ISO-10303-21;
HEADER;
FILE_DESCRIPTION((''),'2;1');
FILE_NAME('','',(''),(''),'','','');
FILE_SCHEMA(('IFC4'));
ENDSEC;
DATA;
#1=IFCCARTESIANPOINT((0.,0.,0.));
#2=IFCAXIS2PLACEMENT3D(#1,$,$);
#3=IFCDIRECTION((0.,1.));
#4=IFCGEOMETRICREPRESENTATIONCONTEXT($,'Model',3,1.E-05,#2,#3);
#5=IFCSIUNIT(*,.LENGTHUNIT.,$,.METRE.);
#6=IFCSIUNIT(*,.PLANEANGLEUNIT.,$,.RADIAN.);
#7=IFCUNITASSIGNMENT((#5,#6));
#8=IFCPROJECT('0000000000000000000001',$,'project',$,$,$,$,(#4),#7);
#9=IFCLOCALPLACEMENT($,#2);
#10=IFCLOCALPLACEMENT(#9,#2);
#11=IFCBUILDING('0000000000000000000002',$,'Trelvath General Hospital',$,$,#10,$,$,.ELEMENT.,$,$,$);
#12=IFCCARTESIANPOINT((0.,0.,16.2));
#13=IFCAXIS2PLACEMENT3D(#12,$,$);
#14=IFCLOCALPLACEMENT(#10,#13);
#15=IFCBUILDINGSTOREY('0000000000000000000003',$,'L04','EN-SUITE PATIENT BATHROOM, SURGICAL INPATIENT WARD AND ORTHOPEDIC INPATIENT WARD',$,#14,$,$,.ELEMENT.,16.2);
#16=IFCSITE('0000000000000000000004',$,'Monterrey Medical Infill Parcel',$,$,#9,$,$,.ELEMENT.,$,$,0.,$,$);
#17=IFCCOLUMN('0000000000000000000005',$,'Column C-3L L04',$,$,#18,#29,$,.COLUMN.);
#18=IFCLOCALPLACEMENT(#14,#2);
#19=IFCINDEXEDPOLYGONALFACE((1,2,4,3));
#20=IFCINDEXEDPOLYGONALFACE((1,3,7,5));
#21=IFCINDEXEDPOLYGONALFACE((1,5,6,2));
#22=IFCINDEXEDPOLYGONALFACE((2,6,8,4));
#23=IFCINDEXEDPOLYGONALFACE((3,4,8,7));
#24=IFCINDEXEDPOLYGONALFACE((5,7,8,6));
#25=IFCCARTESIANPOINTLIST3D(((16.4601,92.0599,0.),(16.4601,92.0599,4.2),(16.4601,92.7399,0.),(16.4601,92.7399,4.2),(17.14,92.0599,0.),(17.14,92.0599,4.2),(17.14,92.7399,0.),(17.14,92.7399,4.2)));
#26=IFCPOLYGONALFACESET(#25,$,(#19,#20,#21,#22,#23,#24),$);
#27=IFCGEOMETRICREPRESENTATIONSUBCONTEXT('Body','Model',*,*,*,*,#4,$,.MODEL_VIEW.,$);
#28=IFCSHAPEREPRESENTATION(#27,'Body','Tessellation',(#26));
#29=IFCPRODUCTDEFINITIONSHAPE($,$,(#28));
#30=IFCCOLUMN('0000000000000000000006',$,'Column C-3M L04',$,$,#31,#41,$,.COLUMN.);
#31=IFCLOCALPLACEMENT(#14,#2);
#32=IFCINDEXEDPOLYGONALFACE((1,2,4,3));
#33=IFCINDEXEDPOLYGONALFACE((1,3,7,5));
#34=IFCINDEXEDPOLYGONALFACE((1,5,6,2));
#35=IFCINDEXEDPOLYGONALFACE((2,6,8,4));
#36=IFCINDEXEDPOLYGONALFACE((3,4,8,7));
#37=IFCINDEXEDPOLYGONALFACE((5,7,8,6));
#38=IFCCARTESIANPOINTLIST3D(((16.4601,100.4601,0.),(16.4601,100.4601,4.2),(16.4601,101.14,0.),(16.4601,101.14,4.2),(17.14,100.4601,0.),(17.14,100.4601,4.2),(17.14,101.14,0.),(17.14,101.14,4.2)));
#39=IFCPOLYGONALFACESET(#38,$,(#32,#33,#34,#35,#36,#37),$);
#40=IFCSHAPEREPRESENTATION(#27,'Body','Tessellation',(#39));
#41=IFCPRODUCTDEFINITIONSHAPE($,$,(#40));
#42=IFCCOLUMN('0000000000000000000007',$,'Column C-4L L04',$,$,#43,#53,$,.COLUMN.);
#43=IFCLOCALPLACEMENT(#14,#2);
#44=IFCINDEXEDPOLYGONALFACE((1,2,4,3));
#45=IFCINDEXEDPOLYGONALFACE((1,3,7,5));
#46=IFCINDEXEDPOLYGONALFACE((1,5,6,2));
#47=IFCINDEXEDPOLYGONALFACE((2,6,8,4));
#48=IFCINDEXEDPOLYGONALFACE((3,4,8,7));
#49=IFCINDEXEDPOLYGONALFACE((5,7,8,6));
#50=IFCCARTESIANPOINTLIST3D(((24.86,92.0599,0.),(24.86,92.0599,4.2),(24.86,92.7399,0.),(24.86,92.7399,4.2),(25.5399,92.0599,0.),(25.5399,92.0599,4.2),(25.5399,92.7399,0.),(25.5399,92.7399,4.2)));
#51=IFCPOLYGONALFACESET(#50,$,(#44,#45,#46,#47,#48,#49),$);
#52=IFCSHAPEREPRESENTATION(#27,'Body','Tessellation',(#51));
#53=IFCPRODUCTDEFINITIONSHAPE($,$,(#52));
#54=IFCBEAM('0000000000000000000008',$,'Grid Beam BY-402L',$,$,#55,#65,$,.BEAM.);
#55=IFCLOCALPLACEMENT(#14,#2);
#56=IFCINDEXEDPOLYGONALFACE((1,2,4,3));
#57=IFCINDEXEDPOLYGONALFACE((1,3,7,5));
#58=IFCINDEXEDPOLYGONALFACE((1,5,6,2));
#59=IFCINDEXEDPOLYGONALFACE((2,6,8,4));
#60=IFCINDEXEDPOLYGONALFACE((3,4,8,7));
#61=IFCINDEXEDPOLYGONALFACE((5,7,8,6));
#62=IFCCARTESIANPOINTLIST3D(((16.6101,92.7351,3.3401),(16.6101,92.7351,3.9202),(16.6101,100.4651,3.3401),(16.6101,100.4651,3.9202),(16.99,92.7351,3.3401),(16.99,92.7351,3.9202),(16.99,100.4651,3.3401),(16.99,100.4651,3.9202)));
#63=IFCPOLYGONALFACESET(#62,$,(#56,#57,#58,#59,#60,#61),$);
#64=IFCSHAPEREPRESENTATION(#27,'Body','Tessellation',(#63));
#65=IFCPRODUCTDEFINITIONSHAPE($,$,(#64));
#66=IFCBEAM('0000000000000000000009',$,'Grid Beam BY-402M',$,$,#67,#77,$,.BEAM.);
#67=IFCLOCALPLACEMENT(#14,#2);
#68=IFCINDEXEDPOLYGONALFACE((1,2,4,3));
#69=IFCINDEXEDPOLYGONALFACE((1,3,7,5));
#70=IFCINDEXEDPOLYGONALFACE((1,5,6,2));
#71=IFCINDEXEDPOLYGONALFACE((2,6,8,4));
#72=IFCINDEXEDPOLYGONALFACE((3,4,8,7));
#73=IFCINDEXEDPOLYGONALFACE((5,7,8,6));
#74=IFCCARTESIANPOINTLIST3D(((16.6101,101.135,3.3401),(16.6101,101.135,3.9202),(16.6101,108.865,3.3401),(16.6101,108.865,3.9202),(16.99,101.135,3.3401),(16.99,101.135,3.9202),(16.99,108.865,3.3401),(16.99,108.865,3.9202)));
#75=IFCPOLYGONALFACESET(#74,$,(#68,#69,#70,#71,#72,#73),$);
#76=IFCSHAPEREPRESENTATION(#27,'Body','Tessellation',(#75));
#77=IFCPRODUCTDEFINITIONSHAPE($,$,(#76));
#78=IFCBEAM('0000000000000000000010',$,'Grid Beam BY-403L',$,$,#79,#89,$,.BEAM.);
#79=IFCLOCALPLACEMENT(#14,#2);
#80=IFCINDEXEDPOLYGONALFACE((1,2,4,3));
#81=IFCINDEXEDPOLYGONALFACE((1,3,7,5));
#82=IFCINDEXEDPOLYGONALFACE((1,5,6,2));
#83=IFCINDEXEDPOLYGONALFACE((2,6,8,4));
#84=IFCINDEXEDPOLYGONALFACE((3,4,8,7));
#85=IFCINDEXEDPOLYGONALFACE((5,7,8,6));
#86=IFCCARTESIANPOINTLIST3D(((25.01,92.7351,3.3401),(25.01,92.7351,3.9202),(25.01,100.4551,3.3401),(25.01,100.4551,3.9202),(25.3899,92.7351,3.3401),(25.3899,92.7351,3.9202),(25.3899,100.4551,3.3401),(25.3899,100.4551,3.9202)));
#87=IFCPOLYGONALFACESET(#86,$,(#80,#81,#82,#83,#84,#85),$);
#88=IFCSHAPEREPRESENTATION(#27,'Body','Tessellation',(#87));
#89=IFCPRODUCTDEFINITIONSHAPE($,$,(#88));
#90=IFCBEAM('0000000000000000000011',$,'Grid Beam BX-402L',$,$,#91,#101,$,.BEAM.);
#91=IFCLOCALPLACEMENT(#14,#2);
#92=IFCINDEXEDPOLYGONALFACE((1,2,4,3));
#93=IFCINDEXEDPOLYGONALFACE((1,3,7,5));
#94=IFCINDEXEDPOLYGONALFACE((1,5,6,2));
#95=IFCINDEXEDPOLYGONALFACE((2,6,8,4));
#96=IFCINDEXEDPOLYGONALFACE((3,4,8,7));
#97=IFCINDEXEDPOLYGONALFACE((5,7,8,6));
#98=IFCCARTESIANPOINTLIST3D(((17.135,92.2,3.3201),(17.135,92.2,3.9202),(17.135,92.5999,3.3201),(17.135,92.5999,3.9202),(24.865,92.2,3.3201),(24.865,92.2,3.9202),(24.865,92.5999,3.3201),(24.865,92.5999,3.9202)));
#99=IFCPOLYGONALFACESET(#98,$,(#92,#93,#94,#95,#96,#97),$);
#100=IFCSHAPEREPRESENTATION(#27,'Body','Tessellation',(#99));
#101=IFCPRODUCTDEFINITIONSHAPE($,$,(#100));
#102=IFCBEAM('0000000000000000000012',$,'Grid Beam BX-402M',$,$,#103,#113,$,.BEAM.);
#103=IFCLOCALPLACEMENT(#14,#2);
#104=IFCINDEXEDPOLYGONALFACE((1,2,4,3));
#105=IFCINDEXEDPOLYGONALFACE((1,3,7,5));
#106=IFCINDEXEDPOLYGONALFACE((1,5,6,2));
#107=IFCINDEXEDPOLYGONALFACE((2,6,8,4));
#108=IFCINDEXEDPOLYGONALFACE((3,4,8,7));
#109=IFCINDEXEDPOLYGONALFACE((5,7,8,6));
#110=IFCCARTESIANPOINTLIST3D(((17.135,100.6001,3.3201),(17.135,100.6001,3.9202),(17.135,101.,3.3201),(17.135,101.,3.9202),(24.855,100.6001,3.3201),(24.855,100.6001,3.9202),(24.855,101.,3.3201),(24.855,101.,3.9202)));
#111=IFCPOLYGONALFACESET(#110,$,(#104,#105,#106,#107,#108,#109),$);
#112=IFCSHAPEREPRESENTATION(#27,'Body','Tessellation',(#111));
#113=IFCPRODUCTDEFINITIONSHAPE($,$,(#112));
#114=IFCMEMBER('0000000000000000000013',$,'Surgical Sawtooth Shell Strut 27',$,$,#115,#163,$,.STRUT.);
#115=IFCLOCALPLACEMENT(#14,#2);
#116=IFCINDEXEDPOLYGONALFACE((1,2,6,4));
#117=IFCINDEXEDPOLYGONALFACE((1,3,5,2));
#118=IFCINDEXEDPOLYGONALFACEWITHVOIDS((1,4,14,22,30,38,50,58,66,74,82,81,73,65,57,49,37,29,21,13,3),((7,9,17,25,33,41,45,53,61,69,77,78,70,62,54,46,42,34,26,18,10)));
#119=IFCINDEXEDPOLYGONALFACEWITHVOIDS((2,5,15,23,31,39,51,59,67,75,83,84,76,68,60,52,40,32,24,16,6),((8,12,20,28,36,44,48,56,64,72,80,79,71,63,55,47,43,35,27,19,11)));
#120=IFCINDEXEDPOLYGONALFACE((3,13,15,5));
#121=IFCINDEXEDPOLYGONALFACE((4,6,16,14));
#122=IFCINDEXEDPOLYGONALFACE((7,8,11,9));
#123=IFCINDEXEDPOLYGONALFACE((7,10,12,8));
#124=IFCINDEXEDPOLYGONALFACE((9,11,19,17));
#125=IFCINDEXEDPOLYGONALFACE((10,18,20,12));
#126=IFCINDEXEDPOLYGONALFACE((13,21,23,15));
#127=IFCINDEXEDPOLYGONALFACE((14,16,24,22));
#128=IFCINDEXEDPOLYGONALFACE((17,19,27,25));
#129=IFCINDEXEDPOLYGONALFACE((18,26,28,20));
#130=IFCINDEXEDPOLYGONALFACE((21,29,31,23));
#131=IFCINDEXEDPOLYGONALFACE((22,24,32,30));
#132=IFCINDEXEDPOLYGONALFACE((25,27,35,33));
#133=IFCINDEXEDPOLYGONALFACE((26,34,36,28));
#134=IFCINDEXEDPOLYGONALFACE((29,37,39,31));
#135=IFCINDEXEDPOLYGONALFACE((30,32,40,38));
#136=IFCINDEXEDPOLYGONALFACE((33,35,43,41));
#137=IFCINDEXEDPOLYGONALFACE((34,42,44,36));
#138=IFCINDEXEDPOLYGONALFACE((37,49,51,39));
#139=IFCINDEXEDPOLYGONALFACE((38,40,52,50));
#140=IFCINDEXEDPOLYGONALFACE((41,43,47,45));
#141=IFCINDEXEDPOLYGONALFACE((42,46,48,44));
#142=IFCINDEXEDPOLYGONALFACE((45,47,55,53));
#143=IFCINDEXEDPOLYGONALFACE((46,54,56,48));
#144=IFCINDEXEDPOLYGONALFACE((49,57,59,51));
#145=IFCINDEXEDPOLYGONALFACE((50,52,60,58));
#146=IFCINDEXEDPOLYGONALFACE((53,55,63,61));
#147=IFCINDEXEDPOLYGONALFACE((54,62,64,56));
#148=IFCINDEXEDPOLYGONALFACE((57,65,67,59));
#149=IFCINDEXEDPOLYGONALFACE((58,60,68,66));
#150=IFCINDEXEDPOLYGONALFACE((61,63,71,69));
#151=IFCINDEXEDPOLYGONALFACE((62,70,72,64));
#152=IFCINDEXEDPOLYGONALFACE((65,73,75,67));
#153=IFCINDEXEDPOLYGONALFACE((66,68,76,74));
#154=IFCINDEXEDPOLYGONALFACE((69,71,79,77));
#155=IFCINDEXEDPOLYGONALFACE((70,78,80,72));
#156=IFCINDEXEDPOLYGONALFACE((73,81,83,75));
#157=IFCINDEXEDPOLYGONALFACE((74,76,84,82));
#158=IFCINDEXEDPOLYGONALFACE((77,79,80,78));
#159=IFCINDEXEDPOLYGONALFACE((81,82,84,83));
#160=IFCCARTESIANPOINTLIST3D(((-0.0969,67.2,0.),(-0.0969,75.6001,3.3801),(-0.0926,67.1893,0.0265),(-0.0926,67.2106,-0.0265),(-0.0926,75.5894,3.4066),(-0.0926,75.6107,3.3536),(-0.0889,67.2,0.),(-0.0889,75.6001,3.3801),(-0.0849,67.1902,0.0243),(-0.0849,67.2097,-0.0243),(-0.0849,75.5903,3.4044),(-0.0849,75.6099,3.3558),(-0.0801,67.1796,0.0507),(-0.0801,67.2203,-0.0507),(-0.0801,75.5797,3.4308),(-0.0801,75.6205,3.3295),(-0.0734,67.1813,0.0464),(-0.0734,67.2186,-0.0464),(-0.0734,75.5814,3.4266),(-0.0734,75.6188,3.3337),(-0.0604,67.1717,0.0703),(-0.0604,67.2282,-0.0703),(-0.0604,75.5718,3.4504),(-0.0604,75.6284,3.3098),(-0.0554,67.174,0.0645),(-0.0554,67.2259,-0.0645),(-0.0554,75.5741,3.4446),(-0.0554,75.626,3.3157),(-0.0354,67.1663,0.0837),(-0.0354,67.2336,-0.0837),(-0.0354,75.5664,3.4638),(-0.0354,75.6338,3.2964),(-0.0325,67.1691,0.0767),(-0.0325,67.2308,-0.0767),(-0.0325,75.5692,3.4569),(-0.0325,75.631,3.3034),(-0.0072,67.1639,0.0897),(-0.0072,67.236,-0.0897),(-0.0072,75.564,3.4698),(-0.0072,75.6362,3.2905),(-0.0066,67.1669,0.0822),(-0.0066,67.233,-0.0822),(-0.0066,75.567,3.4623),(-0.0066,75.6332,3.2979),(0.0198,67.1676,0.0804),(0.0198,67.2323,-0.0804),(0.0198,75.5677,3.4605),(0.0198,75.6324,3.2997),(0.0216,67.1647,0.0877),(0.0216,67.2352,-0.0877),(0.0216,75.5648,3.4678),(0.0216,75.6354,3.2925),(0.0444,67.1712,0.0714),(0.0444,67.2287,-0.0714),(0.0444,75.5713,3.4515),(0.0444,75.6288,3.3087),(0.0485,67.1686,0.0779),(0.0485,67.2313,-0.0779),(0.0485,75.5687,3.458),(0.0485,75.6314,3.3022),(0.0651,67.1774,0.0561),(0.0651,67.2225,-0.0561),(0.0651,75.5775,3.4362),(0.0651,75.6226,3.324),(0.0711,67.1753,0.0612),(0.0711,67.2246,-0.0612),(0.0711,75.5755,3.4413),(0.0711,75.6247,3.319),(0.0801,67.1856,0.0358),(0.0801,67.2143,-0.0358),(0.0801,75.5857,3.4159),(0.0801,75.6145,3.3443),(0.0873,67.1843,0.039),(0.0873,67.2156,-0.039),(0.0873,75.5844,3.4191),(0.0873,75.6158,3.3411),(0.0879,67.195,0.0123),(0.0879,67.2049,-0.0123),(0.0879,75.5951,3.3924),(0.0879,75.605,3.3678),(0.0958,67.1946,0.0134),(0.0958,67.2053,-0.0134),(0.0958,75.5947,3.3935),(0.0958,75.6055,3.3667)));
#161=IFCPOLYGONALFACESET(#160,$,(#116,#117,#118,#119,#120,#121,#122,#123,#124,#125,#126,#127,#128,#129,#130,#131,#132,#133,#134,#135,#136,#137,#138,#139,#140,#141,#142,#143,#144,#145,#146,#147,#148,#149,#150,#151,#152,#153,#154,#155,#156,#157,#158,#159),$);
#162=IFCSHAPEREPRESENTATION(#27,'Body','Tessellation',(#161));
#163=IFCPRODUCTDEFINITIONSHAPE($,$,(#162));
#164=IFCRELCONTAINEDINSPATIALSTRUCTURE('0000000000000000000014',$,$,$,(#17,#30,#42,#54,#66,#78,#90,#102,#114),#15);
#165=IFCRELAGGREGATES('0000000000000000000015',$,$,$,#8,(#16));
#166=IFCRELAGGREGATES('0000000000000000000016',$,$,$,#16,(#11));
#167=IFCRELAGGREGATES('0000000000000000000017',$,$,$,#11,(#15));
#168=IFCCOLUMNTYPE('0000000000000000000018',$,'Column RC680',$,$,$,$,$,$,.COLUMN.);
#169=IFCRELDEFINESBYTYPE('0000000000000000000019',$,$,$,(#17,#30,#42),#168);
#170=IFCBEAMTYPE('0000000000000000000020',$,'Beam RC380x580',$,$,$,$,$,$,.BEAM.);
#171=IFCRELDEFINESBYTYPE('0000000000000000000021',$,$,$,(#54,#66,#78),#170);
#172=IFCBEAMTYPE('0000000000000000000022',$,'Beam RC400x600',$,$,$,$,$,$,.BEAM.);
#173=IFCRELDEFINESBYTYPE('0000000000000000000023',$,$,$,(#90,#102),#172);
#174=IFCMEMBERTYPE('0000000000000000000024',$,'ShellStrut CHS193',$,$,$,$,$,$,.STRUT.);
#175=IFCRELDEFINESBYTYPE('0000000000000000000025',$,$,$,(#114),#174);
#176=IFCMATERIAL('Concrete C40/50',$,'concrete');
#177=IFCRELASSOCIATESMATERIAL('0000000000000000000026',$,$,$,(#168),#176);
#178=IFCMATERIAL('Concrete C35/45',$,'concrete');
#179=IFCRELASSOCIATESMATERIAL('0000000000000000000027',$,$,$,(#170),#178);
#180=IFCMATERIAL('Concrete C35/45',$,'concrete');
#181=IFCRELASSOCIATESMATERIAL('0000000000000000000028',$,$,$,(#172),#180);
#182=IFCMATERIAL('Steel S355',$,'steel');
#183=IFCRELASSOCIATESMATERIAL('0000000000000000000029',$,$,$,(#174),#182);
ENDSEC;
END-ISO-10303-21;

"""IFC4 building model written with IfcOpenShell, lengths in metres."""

from ifc_helpers import new_model, si_unit, direction, frame, origin, origin_2d, place, context, subcontext, project, spatial, rectangle, hollow_circle, extrude, material, material_profile, profile_set, type_object, element, save


model = new_model("IFC4")

# Units and contexts
model_context = context("Model", 3, precision=1e-05, world=origin(), true_north=direction((0.0, 1.0)))
body_context = subcontext(model_context, "Body", "Model", "MODEL_VIEW")
ifc_project = project(units=[si_unit("LENGTHUNIT", "METRE"), si_unit("PLANEANGLEUNIT", "RADIAN")], contexts=[model_context])

# Site, building, storey
site_placement = place(None, origin())
site = spatial("IfcSite", under=ifc_project, at=site_placement, Name="Monterrey Medical Infill Parcel", CompositionType="ELEMENT", RefElevation=0.0)
building_placement = place(site_placement, origin())
building = spatial("IfcBuilding", under=site, at=building_placement, Name="Trelvath General Hospital", CompositionType="ELEMENT")
storey_placement = place(building_placement, frame((0.0, 0.0, 16.2)))
storey = spatial("IfcBuildingStorey", under=building, at=storey_placement, Name="L04", Description="EN-SUITE PATIENT BATHROOM, SURGICAL INPATIENT WARD AND ORTHOPEDIC INPATIENT WARD", CompositionType="ELEMENT", Elevation=16.2)

# Columns
ifc_material_1 = material(Name="Concrete C40/50", Category="concrete")
ifc_material_profile_1 = material_profile(ifc_material_1, rectangle(XDim=0.6799, YDim=0.6799, at=origin_2d()), Name="RC680x680")
ifc_profile_set_1 = profile_set([ifc_material_profile_1], Name="Concrete C40/50")
column_type = type_object("IfcColumnType", Name="Column RC680", PredefinedType="COLUMN", material=ifc_profile_set_1)
for number, where, z_axis, x_axis, name in (
    (1, (16.8, 92.3999, 0.0), (0.0, 0.0, 1.0), (1.0, 0.0, 0.0), "Column C-3L L04"),
    (2, (16.8, 100.8, 0.0), (0.0, 0.0, 1.0), (1.0, 0.0, 0.0), "Column C-3M L04"),
    (3, (25.2, 92.3999, 0.0), (0.0, 0.0, 1.0), (1.0, 0.0, 0.0), "Column C-4L L04"),
):
    element("IfcColumn", number, at=place(storey_placement, frame(where, z_axis=z_axis, x_axis=x_axis)), inside=storey, type_object=column_type, Name=name, PredefinedType="COLUMN", context=body_context, shape_type="SweptSolid", body=[
        extrude(rectangle(XDim=0.6799, YDim=0.6799, at=origin_2d()), origin(), (0.0, 0.0, 1.0), 4.2),
    ])

# Beams
ifc_material_2 = material(Name="Concrete C35/45", Category="concrete")
ifc_material_profile_2 = material_profile(ifc_material_2, rectangle(XDim=0.3799, YDim=0.5801, at=origin_2d()), Name="RCB380x580")
ifc_profile_set_2 = profile_set([ifc_material_profile_2], Name="Concrete C35/45")
beam_type_1 = type_object("IfcBeamType", Name="Beam RC380x580", PredefinedType="BEAM", material=ifc_profile_set_2)
for number, where, z_axis, x_axis, name in (
    (4, (16.8, 92.7351, 3.6301), (0.0, 1.0, 0.0), (-1.0, 0.0, 0.0), "Grid Beam BY-402L"),
    (5, (16.8, 101.135, 3.6301), (0.0, 1.0, 0.0), (-1.0, 0.0, 0.0), "Grid Beam BY-402M"),
):
    element("IfcBeam", number, at=place(storey_placement, frame(where, z_axis=z_axis, x_axis=x_axis)), inside=storey, type_object=beam_type_1, Name=name, PredefinedType="BEAM", context=body_context, shape_type="SweptSolid", body=[
        extrude(rectangle(XDim=0.3799, YDim=0.5801, at=origin_2d()), origin(), (0.0, 0.0, 1.0), 7.73),
    ])
beam_1_placement = place(storey_placement, frame((25.2, 92.7351, 3.6301), z_axis=(0.0, 1.0, 0.0), x_axis=(-1.0, 0.0, 0.0)))
element("IfcBeam", 6, at=beam_1_placement, inside=storey, type_object=beam_type_1, Name="Grid Beam BY-403L", PredefinedType="BEAM", context=body_context, shape_type="SweptSolid", body=[
    extrude(rectangle(XDim=0.3799, YDim=0.5801, at=origin_2d()), origin(), (0.0, 0.0, 1.0), 7.72),
])
ifc_material_3 = material(Name="Concrete C35/45", Category="concrete")
ifc_material_profile_3 = material_profile(ifc_material_3, rectangle(XDim=0.3999, YDim=0.6001, at=origin_2d()), Name="RCB400x600")
ifc_profile_set_3 = profile_set([ifc_material_profile_3], Name="Concrete C35/45")
beam_type_2 = type_object("IfcBeamType", Name="Beam RC400x600", PredefinedType="BEAM", material=ifc_profile_set_3)
beam_2_placement = place(storey_placement, frame((17.135, 92.3999, 3.6201), z_axis=(1.0, 0.0, 0.0), x_axis=(0.0, 1.0, 0.0)))
element("IfcBeam", 7, at=beam_2_placement, inside=storey, type_object=beam_type_2, Name="Grid Beam BX-402L", PredefinedType="BEAM", context=body_context, shape_type="SweptSolid", body=[
    extrude(rectangle(XDim=0.3999, YDim=0.6001, at=origin_2d()), origin(), (0.0, 0.0, 1.0), 7.73),
])
beam_3_placement = place(storey_placement, frame((17.135, 100.8, 3.6201), z_axis=(1.0, 0.0, 0.0), x_axis=(0.0, 1.0, 0.0)))
element("IfcBeam", 8, at=beam_3_placement, inside=storey, type_object=beam_type_2, Name="Grid Beam BX-402M", PredefinedType="BEAM", context=body_context, shape_type="SweptSolid", body=[
    extrude(rectangle(XDim=0.3999, YDim=0.6001, at=origin_2d()), origin(), (0.0, 0.0, 1.0), 7.72),
])

# Member
ifc_material_4 = material(Name="Steel S355", Category="steel")
ifc_material_profile_4 = material_profile(ifc_material_4, hollow_circle(Radius=0.0969, WallThickness=0.0081, at=origin_2d()), Name="CHS193.7x8.0")
ifc_profile_set_4 = profile_set([ifc_material_profile_4], Name="Steel S355")
member_type = type_object("IfcMemberType", Name="ShellStrut CHS193", PredefinedType="STRUT", material=ifc_profile_set_4)
for number, where, z_axis, x_axis, name in (
    (9, (0.0, 67.2, 0.0), (0.0, 0.92771, 0.373301), (-1.0, 0.0, 0.0), "Surgical Sawtooth Shell Strut 27"),
):
    element("IfcMember", number, at=place(storey_placement, frame(where, z_axis=z_axis, x_axis=x_axis)), inside=storey, type_object=member_type, Name=name, PredefinedType="STRUT", context=body_context, shape_type="SweptSolid", body=[
        extrude(hollow_circle(Radius=0.0969, WallThickness=0.0081, at=origin_2d()), origin(), (0.0, 0.0, 1.0), 9.0547),
    ])

save(model, "model.ifc")
